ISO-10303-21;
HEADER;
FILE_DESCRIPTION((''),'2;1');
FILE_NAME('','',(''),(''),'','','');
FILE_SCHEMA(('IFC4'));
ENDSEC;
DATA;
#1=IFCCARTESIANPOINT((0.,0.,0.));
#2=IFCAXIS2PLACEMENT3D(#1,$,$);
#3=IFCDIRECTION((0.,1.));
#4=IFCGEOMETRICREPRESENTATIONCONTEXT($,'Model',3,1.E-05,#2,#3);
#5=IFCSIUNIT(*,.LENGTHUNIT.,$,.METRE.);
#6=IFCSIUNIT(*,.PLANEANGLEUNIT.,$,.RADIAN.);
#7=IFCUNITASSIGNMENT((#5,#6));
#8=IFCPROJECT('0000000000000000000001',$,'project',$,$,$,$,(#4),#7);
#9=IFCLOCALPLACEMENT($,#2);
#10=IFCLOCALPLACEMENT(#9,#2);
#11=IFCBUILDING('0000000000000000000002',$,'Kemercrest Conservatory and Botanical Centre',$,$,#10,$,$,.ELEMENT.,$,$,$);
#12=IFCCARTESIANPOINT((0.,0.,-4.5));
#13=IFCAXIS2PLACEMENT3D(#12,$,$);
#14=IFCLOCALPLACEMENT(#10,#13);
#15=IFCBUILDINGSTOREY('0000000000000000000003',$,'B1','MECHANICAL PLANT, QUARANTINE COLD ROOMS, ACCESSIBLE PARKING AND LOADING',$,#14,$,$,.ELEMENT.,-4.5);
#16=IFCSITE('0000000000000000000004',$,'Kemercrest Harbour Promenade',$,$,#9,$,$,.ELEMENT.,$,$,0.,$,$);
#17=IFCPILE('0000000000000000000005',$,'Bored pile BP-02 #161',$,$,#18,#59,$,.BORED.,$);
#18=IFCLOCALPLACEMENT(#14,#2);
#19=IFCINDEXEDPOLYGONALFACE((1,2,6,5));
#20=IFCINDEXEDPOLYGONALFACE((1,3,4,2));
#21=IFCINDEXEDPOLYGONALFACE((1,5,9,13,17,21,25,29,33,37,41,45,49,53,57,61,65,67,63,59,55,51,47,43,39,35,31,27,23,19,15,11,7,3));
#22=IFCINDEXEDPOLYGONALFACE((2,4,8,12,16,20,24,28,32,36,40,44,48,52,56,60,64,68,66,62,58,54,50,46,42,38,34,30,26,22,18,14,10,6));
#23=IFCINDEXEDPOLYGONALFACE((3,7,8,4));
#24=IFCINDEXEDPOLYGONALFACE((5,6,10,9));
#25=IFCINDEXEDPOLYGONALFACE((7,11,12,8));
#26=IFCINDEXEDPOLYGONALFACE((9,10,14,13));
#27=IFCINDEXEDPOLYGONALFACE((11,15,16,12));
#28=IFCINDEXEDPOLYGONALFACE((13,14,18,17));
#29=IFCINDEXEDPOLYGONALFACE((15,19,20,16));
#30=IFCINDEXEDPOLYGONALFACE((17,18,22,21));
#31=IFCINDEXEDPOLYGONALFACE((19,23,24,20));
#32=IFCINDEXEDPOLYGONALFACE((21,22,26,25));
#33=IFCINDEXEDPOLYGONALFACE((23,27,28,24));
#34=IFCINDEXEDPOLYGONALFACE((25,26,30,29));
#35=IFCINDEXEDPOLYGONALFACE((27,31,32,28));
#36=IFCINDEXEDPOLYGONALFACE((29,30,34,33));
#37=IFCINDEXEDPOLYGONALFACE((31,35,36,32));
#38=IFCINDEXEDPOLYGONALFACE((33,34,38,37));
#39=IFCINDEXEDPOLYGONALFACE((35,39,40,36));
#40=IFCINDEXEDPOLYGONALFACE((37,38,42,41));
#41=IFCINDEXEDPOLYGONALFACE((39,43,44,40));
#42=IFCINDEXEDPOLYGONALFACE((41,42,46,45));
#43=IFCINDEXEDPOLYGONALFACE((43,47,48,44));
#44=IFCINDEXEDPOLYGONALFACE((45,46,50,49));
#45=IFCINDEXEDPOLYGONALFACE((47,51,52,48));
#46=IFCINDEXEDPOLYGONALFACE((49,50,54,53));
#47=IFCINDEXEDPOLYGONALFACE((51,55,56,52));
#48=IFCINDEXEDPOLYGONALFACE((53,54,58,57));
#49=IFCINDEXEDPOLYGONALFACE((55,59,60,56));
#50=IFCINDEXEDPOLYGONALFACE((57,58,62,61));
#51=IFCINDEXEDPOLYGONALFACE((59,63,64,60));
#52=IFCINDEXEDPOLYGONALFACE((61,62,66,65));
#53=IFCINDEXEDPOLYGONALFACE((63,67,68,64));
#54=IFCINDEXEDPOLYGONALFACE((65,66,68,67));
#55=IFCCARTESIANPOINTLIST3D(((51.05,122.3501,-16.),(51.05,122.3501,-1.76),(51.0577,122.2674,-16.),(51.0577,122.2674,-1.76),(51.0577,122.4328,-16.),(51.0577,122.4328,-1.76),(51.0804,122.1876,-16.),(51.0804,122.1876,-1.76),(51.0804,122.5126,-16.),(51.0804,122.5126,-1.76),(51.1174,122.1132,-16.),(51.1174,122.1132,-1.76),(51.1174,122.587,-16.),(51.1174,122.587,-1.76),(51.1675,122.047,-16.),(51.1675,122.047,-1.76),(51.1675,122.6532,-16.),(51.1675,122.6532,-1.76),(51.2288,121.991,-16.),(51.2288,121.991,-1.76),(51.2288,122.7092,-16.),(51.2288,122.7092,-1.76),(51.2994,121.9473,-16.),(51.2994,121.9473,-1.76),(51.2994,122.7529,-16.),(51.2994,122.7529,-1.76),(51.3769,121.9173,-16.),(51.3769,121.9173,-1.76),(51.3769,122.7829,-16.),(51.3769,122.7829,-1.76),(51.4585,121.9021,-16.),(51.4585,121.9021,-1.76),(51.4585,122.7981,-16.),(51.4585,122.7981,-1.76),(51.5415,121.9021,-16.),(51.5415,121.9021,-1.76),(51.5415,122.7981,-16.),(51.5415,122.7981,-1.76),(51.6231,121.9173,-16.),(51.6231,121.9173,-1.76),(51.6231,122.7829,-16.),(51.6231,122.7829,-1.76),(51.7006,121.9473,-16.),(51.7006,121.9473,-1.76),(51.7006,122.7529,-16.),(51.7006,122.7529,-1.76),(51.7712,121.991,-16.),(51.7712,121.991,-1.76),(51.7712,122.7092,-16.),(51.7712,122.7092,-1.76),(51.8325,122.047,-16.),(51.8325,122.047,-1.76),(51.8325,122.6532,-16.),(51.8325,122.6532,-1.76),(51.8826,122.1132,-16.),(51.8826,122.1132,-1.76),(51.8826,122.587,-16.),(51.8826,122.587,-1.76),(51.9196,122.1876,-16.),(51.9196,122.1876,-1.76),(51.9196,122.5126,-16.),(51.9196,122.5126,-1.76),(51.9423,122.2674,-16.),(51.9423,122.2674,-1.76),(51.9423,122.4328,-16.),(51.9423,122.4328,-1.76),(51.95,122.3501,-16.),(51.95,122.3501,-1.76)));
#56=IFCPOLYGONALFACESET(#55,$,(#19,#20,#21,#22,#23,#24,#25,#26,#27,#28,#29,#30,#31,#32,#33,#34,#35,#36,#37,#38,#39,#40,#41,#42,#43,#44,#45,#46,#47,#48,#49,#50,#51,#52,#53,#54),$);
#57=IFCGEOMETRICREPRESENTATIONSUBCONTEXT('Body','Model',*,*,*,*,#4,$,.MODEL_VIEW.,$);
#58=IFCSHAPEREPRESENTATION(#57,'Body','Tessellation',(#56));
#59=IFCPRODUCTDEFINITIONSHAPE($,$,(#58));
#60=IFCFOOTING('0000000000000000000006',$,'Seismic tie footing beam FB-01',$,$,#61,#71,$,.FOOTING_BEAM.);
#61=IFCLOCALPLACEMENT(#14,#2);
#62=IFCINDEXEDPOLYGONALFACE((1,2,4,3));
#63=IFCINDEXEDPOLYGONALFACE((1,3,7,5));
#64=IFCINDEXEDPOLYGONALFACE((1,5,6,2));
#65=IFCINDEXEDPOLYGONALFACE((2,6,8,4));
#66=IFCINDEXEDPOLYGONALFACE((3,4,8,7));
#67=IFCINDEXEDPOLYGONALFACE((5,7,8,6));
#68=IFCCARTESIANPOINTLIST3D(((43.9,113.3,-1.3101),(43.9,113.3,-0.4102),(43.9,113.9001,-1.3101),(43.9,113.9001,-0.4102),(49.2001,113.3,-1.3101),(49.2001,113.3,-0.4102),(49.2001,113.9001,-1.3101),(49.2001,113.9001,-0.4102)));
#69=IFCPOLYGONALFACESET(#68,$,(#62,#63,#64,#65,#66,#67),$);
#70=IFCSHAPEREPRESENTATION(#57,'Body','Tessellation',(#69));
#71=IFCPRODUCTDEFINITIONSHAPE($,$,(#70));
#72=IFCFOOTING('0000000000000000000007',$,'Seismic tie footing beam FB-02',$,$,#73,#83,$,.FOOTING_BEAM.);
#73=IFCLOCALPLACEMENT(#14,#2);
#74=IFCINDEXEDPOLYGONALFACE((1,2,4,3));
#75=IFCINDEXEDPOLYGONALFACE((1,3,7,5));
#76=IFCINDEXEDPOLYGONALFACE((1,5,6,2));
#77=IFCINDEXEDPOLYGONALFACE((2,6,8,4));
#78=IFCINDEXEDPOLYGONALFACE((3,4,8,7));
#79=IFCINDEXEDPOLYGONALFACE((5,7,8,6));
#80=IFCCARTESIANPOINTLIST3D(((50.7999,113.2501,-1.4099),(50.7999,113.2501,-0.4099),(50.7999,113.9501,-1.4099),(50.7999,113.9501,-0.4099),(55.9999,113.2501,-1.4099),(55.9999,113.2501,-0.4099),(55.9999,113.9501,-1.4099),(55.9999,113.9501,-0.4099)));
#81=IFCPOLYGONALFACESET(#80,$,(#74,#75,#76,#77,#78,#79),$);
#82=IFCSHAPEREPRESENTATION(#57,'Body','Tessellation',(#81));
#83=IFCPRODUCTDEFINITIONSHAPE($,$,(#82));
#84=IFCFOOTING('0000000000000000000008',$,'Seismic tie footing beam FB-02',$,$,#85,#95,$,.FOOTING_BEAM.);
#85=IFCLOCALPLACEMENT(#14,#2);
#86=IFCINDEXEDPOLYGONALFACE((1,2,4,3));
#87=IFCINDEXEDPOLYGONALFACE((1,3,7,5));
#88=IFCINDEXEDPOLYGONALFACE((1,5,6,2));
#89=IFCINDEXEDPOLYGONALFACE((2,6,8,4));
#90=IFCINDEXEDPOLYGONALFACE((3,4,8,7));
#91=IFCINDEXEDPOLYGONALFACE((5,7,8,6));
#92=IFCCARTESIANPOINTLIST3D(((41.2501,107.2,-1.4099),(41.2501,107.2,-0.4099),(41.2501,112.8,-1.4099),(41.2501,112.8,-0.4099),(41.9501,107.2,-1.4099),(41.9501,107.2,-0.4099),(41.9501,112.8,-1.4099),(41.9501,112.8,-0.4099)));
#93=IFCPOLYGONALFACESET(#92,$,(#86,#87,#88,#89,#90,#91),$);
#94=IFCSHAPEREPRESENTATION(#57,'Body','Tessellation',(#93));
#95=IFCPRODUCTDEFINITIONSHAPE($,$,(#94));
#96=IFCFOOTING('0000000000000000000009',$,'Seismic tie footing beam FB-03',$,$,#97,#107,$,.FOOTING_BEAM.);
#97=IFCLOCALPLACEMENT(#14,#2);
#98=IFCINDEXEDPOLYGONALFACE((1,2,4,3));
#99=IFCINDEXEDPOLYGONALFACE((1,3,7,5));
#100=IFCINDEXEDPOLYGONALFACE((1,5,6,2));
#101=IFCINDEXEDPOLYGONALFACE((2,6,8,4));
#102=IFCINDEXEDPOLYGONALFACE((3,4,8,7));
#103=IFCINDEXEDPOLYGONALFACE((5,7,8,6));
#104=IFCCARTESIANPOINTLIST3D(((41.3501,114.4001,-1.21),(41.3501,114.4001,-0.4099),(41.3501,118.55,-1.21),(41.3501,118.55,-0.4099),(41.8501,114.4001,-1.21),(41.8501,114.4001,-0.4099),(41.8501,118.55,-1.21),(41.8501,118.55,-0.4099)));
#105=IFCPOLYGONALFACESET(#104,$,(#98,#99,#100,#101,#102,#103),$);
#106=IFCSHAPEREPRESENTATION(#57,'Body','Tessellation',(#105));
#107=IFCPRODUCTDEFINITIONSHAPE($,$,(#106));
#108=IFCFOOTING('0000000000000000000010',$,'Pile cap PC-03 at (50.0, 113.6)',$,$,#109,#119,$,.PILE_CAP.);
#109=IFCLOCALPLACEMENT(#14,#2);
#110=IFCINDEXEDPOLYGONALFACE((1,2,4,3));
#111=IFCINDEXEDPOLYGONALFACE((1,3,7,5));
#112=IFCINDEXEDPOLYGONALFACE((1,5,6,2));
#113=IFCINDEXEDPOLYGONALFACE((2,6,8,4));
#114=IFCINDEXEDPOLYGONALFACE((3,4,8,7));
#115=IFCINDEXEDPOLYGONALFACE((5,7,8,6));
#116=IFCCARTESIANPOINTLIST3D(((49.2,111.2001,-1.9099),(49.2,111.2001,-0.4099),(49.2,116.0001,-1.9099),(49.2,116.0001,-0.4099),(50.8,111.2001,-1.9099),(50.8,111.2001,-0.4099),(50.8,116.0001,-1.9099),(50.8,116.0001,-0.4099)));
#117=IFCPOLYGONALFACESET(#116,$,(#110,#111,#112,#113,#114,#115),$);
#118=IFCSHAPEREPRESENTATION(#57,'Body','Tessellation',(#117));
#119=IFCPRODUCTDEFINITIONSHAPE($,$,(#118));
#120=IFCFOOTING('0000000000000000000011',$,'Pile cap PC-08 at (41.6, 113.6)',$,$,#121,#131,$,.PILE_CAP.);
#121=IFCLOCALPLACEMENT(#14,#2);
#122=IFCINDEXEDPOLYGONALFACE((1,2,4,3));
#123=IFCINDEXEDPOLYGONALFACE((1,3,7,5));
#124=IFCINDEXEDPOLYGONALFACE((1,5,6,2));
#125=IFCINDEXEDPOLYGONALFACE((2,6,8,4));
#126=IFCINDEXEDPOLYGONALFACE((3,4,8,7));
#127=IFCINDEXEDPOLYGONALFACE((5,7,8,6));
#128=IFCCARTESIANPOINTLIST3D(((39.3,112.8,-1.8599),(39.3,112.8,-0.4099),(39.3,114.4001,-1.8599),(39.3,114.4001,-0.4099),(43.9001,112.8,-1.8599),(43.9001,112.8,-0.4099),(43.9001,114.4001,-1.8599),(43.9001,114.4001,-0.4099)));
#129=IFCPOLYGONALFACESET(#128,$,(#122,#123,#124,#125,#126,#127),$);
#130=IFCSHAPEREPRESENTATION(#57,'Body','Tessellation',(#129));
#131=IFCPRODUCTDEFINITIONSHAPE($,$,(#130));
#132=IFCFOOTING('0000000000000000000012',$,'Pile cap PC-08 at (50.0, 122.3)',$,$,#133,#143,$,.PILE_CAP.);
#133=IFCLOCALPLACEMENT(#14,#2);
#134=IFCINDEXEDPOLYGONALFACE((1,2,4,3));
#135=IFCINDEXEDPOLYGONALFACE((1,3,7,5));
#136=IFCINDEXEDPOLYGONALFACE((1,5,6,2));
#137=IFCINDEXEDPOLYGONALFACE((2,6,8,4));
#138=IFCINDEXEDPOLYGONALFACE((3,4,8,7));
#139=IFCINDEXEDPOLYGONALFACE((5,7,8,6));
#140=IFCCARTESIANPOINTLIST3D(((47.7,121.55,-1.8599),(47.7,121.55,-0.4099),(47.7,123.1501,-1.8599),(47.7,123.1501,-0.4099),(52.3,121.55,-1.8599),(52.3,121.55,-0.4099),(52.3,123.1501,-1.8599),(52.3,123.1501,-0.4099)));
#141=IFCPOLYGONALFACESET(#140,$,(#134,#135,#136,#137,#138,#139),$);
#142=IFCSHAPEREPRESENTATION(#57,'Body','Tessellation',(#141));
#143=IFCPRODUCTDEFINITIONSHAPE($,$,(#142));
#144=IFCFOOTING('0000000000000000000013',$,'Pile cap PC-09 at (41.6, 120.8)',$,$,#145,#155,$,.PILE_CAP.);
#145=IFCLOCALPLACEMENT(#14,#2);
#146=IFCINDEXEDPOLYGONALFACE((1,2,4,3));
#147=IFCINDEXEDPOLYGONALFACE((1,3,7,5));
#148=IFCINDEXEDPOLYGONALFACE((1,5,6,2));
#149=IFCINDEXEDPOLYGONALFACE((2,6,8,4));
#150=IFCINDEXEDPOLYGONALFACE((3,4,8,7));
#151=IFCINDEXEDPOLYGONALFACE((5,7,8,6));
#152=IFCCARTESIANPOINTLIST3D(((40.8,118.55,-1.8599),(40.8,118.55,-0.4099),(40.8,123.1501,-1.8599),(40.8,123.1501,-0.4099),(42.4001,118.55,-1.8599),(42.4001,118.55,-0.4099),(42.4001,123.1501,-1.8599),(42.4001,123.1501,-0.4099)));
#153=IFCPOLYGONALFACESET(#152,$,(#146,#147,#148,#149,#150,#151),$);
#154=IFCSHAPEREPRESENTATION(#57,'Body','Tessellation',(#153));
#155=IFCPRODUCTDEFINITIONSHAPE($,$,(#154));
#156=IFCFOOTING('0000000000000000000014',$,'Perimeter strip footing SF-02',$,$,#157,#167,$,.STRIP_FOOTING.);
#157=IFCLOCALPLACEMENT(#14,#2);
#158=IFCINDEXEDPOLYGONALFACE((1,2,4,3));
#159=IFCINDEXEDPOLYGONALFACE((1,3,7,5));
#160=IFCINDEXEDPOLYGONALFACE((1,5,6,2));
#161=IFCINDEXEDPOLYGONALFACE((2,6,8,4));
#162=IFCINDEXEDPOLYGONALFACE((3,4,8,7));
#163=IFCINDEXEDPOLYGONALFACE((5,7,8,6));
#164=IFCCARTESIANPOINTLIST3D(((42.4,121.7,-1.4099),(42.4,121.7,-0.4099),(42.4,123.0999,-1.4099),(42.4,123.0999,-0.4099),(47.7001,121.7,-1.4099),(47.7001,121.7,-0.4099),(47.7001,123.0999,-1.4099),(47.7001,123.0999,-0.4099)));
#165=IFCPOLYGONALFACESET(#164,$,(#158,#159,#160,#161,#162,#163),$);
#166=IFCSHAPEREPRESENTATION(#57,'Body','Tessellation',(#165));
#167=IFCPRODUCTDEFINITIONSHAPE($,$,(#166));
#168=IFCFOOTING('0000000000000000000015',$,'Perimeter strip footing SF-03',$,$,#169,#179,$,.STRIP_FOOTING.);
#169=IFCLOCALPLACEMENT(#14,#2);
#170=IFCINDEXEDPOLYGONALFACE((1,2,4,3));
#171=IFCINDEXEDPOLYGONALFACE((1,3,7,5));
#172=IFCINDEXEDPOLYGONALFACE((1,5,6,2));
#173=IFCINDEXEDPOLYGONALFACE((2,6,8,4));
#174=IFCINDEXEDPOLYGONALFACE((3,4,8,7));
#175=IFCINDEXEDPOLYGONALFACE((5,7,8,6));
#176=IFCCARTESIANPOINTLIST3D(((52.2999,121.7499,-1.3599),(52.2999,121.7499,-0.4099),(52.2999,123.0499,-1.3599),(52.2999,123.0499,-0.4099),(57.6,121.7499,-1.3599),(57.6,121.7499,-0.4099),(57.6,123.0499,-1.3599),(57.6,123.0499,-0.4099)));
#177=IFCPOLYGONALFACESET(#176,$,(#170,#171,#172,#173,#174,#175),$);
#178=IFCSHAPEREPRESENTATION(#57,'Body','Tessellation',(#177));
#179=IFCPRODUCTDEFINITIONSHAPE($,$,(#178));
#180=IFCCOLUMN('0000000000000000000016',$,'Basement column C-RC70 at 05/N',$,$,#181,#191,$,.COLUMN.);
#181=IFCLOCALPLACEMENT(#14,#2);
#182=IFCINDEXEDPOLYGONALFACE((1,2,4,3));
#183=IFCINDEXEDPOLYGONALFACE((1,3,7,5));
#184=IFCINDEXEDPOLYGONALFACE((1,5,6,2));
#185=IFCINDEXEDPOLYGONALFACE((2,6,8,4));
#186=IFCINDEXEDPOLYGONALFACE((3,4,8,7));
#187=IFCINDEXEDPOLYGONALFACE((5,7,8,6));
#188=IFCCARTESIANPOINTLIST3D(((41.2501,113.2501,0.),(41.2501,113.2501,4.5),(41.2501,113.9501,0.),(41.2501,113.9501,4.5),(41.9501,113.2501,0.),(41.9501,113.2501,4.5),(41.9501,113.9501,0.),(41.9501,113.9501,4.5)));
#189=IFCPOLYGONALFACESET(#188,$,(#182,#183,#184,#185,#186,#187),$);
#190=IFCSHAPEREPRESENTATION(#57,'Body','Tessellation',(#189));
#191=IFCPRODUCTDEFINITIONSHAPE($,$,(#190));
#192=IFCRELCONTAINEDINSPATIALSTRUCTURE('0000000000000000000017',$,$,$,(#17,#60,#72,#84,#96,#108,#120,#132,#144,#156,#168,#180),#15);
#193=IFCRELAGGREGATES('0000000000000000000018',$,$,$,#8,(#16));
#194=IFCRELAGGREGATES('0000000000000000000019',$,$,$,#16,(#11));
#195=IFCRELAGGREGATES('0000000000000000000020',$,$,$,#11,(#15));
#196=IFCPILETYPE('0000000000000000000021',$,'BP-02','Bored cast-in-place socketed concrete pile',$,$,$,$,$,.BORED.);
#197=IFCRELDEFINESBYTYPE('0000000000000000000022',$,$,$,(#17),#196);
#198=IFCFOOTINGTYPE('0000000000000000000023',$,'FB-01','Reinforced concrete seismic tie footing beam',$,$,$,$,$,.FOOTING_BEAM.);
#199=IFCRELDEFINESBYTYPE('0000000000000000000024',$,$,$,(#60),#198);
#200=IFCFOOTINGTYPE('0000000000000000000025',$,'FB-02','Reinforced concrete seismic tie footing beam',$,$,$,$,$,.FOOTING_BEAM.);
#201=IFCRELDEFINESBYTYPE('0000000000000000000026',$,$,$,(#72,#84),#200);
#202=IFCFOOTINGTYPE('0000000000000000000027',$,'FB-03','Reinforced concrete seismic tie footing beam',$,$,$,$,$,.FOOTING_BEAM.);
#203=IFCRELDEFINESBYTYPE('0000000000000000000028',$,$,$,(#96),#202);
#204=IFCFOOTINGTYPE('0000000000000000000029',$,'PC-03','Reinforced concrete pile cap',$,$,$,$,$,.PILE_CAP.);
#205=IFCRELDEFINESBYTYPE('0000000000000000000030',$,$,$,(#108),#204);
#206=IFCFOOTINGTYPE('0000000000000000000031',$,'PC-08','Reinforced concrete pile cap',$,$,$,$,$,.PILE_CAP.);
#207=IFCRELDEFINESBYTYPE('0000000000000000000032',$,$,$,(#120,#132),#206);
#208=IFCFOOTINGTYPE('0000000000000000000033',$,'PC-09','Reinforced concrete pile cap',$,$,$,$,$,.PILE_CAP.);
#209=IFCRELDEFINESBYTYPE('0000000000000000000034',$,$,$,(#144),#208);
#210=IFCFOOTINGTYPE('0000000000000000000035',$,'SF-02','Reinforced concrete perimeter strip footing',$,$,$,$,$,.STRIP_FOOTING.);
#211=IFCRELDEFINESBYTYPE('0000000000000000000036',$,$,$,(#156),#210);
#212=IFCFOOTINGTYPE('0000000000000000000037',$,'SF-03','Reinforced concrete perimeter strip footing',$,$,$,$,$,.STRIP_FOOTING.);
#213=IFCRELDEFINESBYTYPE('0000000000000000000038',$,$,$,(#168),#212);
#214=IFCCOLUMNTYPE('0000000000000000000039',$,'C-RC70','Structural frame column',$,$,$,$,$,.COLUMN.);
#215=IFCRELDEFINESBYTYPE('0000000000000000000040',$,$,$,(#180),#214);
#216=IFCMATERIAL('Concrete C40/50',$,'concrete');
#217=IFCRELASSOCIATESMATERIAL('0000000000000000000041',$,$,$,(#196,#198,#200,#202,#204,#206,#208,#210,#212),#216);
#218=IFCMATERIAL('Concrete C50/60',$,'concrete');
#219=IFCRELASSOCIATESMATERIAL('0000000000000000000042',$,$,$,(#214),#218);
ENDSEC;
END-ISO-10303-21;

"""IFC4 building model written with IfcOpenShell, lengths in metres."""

from ifc_helpers import new_model, si_unit, direction, frame, origin, origin_2d, place, context, subcontext, project, spatial, rectangle, circle, extrude, material, material_profile, profile_set, type_object, element, save


model = new_model("IFC4")

# Units and contexts
model_context = context("Model", 3, precision=1e-05, world=origin(), true_north=direction((0.0, 1.0)))
body_context = subcontext(model_context, "Body", "Model", "MODEL_VIEW")
ifc_project = project(units=[si_unit("LENGTHUNIT", "METRE"), si_unit("PLANEANGLEUNIT", "RADIAN")], contexts=[model_context])

# Site, building, storey
site_placement = place(None, origin())
site = spatial("IfcSite", under=ifc_project, at=site_placement, Name="Kemercrest Harbour Promenade", CompositionType="ELEMENT", RefElevation=0.0)
building_placement = place(site_placement, origin())
building = spatial("IfcBuilding", under=site, at=building_placement, Name="Kemercrest Conservatory and Botanical Centre", CompositionType="ELEMENT")
storey_placement = place(building_placement, frame((0.0, 0.0, -4.5)))
storey = spatial("IfcBuildingStorey", under=building, at=storey_placement, Name="B1", Description="MECHANICAL PLANT, QUARANTINE COLD ROOMS, ACCESSIBLE PARKING AND LOADING", CompositionType="ELEMENT", Elevation=-4.5)

# Pile
ifc_material_1 = material(Name="Concrete C40/50", Category="concrete")
ifc_material_profile_1 = material_profile(ifc_material_1, circle(Radius=0.45, at=origin_2d()), Name="BORED PILE 900")
ifc_profile_set_1 = profile_set([ifc_material_profile_1], Name="Concrete C40/50")
pile_type_1 = type_object("IfcPileType", Name="BP-02", Description="Bored cast-in-place socketed concrete pile", PredefinedType="BORED", material=ifc_profile_set_1)
for number, where, z_axis, x_axis, name in (
    (1, (51.5, 122.3501, -1.76), (0.0, 0.0, -1.0), (1.0, 0.0, 0.0), "Bored pile BP-02 #161"),
):
    element("IfcPile", number, at=place(storey_placement, frame(where, z_axis=z_axis, x_axis=x_axis)), inside=storey, type_object=pile_type_1, Name=name, PredefinedType="BORED", context=body_context, shape_type="SweptSolid", body=[
        extrude(circle(Radius=0.45, at=origin_2d()), origin(), (0.0, 0.0, 1.0), 14.24),
    ])

# Footings
footing_type_1 = type_object("IfcFootingType", Name="FB-01", Description="Reinforced concrete seismic tie footing beam", PredefinedType="FOOTING_BEAM", material=ifc_material_1)
footing_1_placement = place(storey_placement, frame((46.55, 113.6001, -1.3101), z_axis=(0.0, 0.0, 1.0), x_axis=(1.0, 0.0, 0.0)))
element("IfcFooting", 2, at=footing_1_placement, inside=storey, type_object=footing_type_1, Name="Seismic tie footing beam FB-01", PredefinedType="FOOTING_BEAM", context=body_context, shape_type="SweptSolid", body=[
    extrude(rectangle(XDim=5.3, YDim=0.6001, at=origin_2d()), origin(), (0.0, 0.0, 1.0), 0.8999),
])
footing_type_2 = type_object("IfcFootingType", Name="FB-02", Description="Reinforced concrete seismic tie footing beam", PredefinedType="FOOTING_BEAM", material=ifc_material_1)
footing_2_placement = place(storey_placement, frame((53.3999, 113.6001, -1.4099), z_axis=(0.0, 0.0, 1.0), x_axis=(1.0, 0.0, 0.0)))
element("IfcFooting", 3, at=footing_2_placement, inside=storey, type_object=footing_type_2, Name="Seismic tie footing beam FB-02", PredefinedType="FOOTING_BEAM", context=body_context, shape_type="SweptSolid", body=[
    extrude(rectangle(XDim=5.2, YDim=0.7, at=origin_2d()), origin(), (0.0, 0.0, 1.0), 1.0),
])
footing_3_placement = place(storey_placement, frame((41.6001, 110.0, -1.4099), z_axis=(0.0, 0.0, 1.0), x_axis=(1.0, 0.0, 0.0)))
element("IfcFooting", 4, at=footing_3_placement, inside=storey, type_object=footing_type_2, Name="Seismic tie footing beam FB-02", PredefinedType="FOOTING_BEAM", context=body_context, shape_type="SweptSolid", body=[
    extrude(rectangle(XDim=0.7, YDim=5.6001, at=origin_2d()), origin(), (0.0, 0.0, 1.0), 1.0),
])
footing_type_3 = type_object("IfcFootingType", Name="FB-03", Description="Reinforced concrete seismic tie footing beam", PredefinedType="FOOTING_BEAM", material=ifc_material_1)
footing_4_placement = place(storey_placement, frame((41.6001, 116.4751, -1.21), z_axis=(0.0, 0.0, 1.0), x_axis=(1.0, 0.0, 0.0)))
element("IfcFooting", 5, at=footing_4_placement, inside=storey, type_object=footing_type_3, Name="Seismic tie footing beam FB-03", PredefinedType="FOOTING_BEAM", context=body_context, shape_type="SweptSolid", body=[
    extrude(rectangle(XDim=0.5, YDim=4.1499, at=origin_2d()), origin(), (0.0, 0.0, 1.0), 0.8),
])
footing_type_4 = type_object("IfcFootingType", Name="PC-03", Description="Reinforced concrete pile cap", PredefinedType="PILE_CAP", material=ifc_material_1)
footing_5_placement = place(storey_placement, frame((50.0, 113.6001, -1.9099), z_axis=(0.0, 0.0, 1.0), x_axis=(1.0, 0.0, 0.0)))
element("IfcFooting", 6, at=footing_5_placement, inside=storey, type_object=footing_type_4, Name="Pile cap PC-03 at (50.0, 113.6)", PredefinedType="PILE_CAP", context=body_context, shape_type="SweptSolid", body=[
    extrude(rectangle(XDim=1.6001, YDim=4.8, at=origin_2d()), origin(), (0.0, 0.0, 1.0), 1.5),
])
footing_type_5 = type_object("IfcFootingType", Name="PC-08", Description="Reinforced concrete pile cap", PredefinedType="PILE_CAP", material=ifc_material_1)
for number, where, z_axis, x_axis, name in (
    (7, (41.6001, 113.6001, -1.8599), (0.0, 0.0, 1.0), (1.0, 0.0, 0.0), "Pile cap PC-08 at (41.6, 113.6)"),
    (8, (50.0, 122.3501, -1.8599), (0.0, 0.0, 1.0), (1.0, 0.0, 0.0), "Pile cap PC-08 at (50.0, 122.3)"),
):
    element("IfcFooting", number, at=place(storey_placement, frame(where, z_axis=z_axis, x_axis=x_axis)), inside=storey, type_object=footing_type_5, Name=name, PredefinedType="PILE_CAP", context=body_context, shape_type="SweptSolid", body=[
        extrude(rectangle(XDim=4.6001, YDim=1.6001, at=origin_2d()), origin(), (0.0, 0.0, 1.0), 1.45),
    ])
footing_type_6 = type_object("IfcFootingType", Name="PC-09", Description="Reinforced concrete pile cap", PredefinedType="PILE_CAP", material=ifc_material_1)
footing_6_placement = place(storey_placement, frame((41.6001, 120.8501, -1.8599), z_axis=(0.0, 0.0, 1.0), x_axis=(1.0, 0.0, 0.0)))
element("IfcFooting", 9, at=footing_6_placement, inside=storey, type_object=footing_type_6, Name="Pile cap PC-09 at (41.6, 120.8)", PredefinedType="PILE_CAP", context=body_context, shape_type="SweptSolid", body=[
    extrude(rectangle(XDim=1.6001, YDim=4.6001, at=origin_2d()), origin(), (0.0, 0.0, 1.0), 1.45),
])
footing_type_7 = type_object("IfcFootingType", Name="SF-02", Description="Reinforced concrete perimeter strip footing", PredefinedType="STRIP_FOOTING", material=ifc_material_1)
footing_7_placement = place(storey_placement, frame((45.05, 122.3999, -1.4099), z_axis=(0.0, 0.0, 1.0), x_axis=(1.0, 0.0, 0.0)))
element("IfcFooting", 10, at=footing_7_placement, inside=storey, type_object=footing_type_7, Name="Perimeter strip footing SF-02", PredefinedType="STRIP_FOOTING", context=body_context, shape_type="SweptSolid", body=[
    extrude(rectangle(XDim=5.3, YDim=1.3999, at=origin_2d()), origin(), (0.0, 0.0, 1.0), 1.0),
])
footing_type_8 = type_object("IfcFootingType", Name="SF-03", Description="Reinforced concrete perimeter strip footing", PredefinedType="STRIP_FOOTING", material=ifc_material_1)
footing_8_placement = place(storey_placement, frame((54.95, 122.3999, -1.3599), z_axis=(0.0, 0.0, 1.0), x_axis=(1.0, 0.0, 0.0)))
element("IfcFooting", 11, at=footing_8_placement, inside=storey, type_object=footing_type_8, Name="Perimeter strip footing SF-03", PredefinedType="STRIP_FOOTING", context=body_context, shape_type="SweptSolid", body=[
    extrude(rectangle(XDim=5.3, YDim=1.3, at=origin_2d()), origin(), (0.0, 0.0, 1.0), 0.95),
])

# Column
ifc_material_2 = material(Name="Concrete C50/60", Category="concrete")
ifc_material_profile_2 = material_profile(ifc_material_2, rectangle(XDim=0.7, YDim=0.7, at=origin_2d()), Name="RC 700x700")
ifc_profile_set_2 = profile_set([ifc_material_profile_2], Name="Concrete C50/60")
column_type_1 = type_object("IfcColumnType", Name="C-RC70", Description="Structural frame column", PredefinedType="COLUMN", material=ifc_profile_set_2)
for number, where, z_axis, x_axis, name in (
    (12, (41.6001, 113.6001, 0.0), (0.0, 0.0, 1.0), (1.0, 0.0, 0.0), "Basement column C-RC70 at 05/N"),
):
    element("IfcColumn", number, at=place(storey_placement, frame(where, z_axis=z_axis, x_axis=x_axis)), inside=storey, type_object=column_type_1, Name=name, PredefinedType="COLUMN", context=body_context, shape_type="SweptSolid", body=[
        extrude(rectangle(XDim=0.7, YDim=0.7, at=origin_2d()), origin(), (0.0, 0.0, 1.0), 4.5),
    ])

save(model, "model.ifc")
